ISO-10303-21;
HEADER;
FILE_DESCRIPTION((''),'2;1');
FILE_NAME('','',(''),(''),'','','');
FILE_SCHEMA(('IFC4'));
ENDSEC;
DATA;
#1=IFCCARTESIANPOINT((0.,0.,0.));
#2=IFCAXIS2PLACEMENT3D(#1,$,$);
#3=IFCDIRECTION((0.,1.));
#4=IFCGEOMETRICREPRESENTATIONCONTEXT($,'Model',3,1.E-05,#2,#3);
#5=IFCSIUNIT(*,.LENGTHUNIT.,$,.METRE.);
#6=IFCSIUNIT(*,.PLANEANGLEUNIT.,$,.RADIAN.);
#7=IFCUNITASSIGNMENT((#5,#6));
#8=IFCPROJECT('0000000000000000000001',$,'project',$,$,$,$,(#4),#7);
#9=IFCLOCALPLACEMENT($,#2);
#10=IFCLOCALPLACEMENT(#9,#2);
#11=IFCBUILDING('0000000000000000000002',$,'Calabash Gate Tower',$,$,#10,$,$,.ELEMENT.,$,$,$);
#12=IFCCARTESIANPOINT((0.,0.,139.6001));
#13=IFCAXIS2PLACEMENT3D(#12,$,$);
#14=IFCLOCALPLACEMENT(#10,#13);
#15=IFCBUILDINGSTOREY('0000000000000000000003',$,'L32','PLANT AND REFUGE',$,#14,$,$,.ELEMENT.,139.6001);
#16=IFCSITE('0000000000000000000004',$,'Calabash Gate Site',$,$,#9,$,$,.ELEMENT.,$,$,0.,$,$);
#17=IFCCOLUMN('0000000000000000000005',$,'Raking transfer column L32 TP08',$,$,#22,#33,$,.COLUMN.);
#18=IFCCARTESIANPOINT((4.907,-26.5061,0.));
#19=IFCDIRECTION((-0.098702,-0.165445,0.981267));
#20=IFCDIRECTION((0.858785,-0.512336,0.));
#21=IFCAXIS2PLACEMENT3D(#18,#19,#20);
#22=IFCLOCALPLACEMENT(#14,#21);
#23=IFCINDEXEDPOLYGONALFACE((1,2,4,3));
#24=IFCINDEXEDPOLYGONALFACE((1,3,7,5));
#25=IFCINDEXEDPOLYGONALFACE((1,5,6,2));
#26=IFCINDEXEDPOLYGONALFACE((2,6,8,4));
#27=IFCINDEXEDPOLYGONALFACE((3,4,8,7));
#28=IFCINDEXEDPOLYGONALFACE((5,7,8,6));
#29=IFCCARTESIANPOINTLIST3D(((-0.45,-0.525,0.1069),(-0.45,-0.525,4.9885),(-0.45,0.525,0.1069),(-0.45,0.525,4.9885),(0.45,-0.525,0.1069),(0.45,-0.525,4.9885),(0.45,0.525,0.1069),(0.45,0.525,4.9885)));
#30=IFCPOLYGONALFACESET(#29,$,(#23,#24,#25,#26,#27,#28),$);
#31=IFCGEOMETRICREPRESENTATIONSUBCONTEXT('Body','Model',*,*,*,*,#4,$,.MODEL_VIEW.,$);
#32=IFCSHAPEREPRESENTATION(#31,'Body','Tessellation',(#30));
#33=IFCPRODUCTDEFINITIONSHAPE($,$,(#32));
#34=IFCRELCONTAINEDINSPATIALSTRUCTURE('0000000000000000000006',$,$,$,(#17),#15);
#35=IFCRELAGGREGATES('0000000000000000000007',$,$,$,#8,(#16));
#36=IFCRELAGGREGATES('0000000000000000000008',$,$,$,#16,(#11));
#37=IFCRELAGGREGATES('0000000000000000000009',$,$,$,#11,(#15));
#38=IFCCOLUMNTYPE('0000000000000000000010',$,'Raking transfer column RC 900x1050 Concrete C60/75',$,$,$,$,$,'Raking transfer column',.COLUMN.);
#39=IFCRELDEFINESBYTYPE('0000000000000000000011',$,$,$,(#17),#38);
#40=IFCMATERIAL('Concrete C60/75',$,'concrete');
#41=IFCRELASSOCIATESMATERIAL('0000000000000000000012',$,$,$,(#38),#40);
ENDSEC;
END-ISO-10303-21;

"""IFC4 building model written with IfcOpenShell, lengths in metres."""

from ifc_helpers import new_model, si_unit, direction, frame, origin, origin_2d, place, context, subcontext, project, spatial, rectangle, extrude, clip, halfspace, material, material_profile, profile_set, type_object, element, save


model = new_model("IFC4")

# Units and contexts
model_context = context("Model", 3, precision=1e-05, world=origin(), true_north=direction((0.0, 1.0)))
body_context = subcontext(model_context, "Body", "Model", "MODEL_VIEW")
ifc_project = project(units=[si_unit("LENGTHUNIT", "METRE"), si_unit("PLANEANGLEUNIT", "RADIAN")], contexts=[model_context])

# Site, building, storey
site_placement = place(None, origin())
site = spatial("IfcSite", under=ifc_project, at=site_placement, Name="Calabash Gate Site", CompositionType="ELEMENT", RefElevation=0.0)
building_placement = place(site_placement, origin())
building = spatial("IfcBuilding", under=site, at=building_placement, Name="Calabash Gate Tower", CompositionType="ELEMENT")
storey_placement = place(building_placement, frame((0.0, 0.0, 139.6001)))
storey = spatial("IfcBuildingStorey", under=building, at=storey_placement, Name="L32", Description="PLANT AND REFUGE", CompositionType="ELEMENT", Elevation=139.6001)

# Column
ifc_material_1 = material(Name="Concrete C60/75", Category="concrete")
ifc_material_profile_1 = material_profile(ifc_material_1, rectangle(XDim=0.8999, YDim=1.05, at=origin_2d()))
ifc_profile_set_1 = profile_set([ifc_material_profile_1], Name="Concrete C60/75")
column_type_1 = type_object("IfcColumnType", Name="Raking transfer column RC 900x1050 Concrete C60/75", ElementType="Raking transfer column", PredefinedType="COLUMN", material=ifc_profile_set_1)
column_1_placement = place(storey_placement, frame((4.907, -26.5061, 0.0), z_axis=(-0.098702, -0.165445, 0.981267), x_axis=(0.858785, -0.512336, 0.0)))
element("IfcColumn", 1, at=column_1_placement, inside=storey, type_object=column_type_1, Name="Raking transfer column L32 TP08", PredefinedType="COLUMN", context=body_context, shape_type="Clipping", body=[
    clip(clip(extrude(rectangle(XDim=0.8999, YDim=1.05, at=origin_2d()), origin(), (0.0, 0.0, 1.0), 5.0955), halfspace(frame((0.0, 0.0, 0.1069), z_axis=(0.0, 0.0, 1.0), x_axis=(1.0, 0.0, 0.0)), True)), halfspace(frame((0.0, 0.0, 4.9885), z_axis=(0.0, 0.0, 1.0), x_axis=(1.0, 0.0, 0.0)), False)),
])

save(model, "model.ifc")
